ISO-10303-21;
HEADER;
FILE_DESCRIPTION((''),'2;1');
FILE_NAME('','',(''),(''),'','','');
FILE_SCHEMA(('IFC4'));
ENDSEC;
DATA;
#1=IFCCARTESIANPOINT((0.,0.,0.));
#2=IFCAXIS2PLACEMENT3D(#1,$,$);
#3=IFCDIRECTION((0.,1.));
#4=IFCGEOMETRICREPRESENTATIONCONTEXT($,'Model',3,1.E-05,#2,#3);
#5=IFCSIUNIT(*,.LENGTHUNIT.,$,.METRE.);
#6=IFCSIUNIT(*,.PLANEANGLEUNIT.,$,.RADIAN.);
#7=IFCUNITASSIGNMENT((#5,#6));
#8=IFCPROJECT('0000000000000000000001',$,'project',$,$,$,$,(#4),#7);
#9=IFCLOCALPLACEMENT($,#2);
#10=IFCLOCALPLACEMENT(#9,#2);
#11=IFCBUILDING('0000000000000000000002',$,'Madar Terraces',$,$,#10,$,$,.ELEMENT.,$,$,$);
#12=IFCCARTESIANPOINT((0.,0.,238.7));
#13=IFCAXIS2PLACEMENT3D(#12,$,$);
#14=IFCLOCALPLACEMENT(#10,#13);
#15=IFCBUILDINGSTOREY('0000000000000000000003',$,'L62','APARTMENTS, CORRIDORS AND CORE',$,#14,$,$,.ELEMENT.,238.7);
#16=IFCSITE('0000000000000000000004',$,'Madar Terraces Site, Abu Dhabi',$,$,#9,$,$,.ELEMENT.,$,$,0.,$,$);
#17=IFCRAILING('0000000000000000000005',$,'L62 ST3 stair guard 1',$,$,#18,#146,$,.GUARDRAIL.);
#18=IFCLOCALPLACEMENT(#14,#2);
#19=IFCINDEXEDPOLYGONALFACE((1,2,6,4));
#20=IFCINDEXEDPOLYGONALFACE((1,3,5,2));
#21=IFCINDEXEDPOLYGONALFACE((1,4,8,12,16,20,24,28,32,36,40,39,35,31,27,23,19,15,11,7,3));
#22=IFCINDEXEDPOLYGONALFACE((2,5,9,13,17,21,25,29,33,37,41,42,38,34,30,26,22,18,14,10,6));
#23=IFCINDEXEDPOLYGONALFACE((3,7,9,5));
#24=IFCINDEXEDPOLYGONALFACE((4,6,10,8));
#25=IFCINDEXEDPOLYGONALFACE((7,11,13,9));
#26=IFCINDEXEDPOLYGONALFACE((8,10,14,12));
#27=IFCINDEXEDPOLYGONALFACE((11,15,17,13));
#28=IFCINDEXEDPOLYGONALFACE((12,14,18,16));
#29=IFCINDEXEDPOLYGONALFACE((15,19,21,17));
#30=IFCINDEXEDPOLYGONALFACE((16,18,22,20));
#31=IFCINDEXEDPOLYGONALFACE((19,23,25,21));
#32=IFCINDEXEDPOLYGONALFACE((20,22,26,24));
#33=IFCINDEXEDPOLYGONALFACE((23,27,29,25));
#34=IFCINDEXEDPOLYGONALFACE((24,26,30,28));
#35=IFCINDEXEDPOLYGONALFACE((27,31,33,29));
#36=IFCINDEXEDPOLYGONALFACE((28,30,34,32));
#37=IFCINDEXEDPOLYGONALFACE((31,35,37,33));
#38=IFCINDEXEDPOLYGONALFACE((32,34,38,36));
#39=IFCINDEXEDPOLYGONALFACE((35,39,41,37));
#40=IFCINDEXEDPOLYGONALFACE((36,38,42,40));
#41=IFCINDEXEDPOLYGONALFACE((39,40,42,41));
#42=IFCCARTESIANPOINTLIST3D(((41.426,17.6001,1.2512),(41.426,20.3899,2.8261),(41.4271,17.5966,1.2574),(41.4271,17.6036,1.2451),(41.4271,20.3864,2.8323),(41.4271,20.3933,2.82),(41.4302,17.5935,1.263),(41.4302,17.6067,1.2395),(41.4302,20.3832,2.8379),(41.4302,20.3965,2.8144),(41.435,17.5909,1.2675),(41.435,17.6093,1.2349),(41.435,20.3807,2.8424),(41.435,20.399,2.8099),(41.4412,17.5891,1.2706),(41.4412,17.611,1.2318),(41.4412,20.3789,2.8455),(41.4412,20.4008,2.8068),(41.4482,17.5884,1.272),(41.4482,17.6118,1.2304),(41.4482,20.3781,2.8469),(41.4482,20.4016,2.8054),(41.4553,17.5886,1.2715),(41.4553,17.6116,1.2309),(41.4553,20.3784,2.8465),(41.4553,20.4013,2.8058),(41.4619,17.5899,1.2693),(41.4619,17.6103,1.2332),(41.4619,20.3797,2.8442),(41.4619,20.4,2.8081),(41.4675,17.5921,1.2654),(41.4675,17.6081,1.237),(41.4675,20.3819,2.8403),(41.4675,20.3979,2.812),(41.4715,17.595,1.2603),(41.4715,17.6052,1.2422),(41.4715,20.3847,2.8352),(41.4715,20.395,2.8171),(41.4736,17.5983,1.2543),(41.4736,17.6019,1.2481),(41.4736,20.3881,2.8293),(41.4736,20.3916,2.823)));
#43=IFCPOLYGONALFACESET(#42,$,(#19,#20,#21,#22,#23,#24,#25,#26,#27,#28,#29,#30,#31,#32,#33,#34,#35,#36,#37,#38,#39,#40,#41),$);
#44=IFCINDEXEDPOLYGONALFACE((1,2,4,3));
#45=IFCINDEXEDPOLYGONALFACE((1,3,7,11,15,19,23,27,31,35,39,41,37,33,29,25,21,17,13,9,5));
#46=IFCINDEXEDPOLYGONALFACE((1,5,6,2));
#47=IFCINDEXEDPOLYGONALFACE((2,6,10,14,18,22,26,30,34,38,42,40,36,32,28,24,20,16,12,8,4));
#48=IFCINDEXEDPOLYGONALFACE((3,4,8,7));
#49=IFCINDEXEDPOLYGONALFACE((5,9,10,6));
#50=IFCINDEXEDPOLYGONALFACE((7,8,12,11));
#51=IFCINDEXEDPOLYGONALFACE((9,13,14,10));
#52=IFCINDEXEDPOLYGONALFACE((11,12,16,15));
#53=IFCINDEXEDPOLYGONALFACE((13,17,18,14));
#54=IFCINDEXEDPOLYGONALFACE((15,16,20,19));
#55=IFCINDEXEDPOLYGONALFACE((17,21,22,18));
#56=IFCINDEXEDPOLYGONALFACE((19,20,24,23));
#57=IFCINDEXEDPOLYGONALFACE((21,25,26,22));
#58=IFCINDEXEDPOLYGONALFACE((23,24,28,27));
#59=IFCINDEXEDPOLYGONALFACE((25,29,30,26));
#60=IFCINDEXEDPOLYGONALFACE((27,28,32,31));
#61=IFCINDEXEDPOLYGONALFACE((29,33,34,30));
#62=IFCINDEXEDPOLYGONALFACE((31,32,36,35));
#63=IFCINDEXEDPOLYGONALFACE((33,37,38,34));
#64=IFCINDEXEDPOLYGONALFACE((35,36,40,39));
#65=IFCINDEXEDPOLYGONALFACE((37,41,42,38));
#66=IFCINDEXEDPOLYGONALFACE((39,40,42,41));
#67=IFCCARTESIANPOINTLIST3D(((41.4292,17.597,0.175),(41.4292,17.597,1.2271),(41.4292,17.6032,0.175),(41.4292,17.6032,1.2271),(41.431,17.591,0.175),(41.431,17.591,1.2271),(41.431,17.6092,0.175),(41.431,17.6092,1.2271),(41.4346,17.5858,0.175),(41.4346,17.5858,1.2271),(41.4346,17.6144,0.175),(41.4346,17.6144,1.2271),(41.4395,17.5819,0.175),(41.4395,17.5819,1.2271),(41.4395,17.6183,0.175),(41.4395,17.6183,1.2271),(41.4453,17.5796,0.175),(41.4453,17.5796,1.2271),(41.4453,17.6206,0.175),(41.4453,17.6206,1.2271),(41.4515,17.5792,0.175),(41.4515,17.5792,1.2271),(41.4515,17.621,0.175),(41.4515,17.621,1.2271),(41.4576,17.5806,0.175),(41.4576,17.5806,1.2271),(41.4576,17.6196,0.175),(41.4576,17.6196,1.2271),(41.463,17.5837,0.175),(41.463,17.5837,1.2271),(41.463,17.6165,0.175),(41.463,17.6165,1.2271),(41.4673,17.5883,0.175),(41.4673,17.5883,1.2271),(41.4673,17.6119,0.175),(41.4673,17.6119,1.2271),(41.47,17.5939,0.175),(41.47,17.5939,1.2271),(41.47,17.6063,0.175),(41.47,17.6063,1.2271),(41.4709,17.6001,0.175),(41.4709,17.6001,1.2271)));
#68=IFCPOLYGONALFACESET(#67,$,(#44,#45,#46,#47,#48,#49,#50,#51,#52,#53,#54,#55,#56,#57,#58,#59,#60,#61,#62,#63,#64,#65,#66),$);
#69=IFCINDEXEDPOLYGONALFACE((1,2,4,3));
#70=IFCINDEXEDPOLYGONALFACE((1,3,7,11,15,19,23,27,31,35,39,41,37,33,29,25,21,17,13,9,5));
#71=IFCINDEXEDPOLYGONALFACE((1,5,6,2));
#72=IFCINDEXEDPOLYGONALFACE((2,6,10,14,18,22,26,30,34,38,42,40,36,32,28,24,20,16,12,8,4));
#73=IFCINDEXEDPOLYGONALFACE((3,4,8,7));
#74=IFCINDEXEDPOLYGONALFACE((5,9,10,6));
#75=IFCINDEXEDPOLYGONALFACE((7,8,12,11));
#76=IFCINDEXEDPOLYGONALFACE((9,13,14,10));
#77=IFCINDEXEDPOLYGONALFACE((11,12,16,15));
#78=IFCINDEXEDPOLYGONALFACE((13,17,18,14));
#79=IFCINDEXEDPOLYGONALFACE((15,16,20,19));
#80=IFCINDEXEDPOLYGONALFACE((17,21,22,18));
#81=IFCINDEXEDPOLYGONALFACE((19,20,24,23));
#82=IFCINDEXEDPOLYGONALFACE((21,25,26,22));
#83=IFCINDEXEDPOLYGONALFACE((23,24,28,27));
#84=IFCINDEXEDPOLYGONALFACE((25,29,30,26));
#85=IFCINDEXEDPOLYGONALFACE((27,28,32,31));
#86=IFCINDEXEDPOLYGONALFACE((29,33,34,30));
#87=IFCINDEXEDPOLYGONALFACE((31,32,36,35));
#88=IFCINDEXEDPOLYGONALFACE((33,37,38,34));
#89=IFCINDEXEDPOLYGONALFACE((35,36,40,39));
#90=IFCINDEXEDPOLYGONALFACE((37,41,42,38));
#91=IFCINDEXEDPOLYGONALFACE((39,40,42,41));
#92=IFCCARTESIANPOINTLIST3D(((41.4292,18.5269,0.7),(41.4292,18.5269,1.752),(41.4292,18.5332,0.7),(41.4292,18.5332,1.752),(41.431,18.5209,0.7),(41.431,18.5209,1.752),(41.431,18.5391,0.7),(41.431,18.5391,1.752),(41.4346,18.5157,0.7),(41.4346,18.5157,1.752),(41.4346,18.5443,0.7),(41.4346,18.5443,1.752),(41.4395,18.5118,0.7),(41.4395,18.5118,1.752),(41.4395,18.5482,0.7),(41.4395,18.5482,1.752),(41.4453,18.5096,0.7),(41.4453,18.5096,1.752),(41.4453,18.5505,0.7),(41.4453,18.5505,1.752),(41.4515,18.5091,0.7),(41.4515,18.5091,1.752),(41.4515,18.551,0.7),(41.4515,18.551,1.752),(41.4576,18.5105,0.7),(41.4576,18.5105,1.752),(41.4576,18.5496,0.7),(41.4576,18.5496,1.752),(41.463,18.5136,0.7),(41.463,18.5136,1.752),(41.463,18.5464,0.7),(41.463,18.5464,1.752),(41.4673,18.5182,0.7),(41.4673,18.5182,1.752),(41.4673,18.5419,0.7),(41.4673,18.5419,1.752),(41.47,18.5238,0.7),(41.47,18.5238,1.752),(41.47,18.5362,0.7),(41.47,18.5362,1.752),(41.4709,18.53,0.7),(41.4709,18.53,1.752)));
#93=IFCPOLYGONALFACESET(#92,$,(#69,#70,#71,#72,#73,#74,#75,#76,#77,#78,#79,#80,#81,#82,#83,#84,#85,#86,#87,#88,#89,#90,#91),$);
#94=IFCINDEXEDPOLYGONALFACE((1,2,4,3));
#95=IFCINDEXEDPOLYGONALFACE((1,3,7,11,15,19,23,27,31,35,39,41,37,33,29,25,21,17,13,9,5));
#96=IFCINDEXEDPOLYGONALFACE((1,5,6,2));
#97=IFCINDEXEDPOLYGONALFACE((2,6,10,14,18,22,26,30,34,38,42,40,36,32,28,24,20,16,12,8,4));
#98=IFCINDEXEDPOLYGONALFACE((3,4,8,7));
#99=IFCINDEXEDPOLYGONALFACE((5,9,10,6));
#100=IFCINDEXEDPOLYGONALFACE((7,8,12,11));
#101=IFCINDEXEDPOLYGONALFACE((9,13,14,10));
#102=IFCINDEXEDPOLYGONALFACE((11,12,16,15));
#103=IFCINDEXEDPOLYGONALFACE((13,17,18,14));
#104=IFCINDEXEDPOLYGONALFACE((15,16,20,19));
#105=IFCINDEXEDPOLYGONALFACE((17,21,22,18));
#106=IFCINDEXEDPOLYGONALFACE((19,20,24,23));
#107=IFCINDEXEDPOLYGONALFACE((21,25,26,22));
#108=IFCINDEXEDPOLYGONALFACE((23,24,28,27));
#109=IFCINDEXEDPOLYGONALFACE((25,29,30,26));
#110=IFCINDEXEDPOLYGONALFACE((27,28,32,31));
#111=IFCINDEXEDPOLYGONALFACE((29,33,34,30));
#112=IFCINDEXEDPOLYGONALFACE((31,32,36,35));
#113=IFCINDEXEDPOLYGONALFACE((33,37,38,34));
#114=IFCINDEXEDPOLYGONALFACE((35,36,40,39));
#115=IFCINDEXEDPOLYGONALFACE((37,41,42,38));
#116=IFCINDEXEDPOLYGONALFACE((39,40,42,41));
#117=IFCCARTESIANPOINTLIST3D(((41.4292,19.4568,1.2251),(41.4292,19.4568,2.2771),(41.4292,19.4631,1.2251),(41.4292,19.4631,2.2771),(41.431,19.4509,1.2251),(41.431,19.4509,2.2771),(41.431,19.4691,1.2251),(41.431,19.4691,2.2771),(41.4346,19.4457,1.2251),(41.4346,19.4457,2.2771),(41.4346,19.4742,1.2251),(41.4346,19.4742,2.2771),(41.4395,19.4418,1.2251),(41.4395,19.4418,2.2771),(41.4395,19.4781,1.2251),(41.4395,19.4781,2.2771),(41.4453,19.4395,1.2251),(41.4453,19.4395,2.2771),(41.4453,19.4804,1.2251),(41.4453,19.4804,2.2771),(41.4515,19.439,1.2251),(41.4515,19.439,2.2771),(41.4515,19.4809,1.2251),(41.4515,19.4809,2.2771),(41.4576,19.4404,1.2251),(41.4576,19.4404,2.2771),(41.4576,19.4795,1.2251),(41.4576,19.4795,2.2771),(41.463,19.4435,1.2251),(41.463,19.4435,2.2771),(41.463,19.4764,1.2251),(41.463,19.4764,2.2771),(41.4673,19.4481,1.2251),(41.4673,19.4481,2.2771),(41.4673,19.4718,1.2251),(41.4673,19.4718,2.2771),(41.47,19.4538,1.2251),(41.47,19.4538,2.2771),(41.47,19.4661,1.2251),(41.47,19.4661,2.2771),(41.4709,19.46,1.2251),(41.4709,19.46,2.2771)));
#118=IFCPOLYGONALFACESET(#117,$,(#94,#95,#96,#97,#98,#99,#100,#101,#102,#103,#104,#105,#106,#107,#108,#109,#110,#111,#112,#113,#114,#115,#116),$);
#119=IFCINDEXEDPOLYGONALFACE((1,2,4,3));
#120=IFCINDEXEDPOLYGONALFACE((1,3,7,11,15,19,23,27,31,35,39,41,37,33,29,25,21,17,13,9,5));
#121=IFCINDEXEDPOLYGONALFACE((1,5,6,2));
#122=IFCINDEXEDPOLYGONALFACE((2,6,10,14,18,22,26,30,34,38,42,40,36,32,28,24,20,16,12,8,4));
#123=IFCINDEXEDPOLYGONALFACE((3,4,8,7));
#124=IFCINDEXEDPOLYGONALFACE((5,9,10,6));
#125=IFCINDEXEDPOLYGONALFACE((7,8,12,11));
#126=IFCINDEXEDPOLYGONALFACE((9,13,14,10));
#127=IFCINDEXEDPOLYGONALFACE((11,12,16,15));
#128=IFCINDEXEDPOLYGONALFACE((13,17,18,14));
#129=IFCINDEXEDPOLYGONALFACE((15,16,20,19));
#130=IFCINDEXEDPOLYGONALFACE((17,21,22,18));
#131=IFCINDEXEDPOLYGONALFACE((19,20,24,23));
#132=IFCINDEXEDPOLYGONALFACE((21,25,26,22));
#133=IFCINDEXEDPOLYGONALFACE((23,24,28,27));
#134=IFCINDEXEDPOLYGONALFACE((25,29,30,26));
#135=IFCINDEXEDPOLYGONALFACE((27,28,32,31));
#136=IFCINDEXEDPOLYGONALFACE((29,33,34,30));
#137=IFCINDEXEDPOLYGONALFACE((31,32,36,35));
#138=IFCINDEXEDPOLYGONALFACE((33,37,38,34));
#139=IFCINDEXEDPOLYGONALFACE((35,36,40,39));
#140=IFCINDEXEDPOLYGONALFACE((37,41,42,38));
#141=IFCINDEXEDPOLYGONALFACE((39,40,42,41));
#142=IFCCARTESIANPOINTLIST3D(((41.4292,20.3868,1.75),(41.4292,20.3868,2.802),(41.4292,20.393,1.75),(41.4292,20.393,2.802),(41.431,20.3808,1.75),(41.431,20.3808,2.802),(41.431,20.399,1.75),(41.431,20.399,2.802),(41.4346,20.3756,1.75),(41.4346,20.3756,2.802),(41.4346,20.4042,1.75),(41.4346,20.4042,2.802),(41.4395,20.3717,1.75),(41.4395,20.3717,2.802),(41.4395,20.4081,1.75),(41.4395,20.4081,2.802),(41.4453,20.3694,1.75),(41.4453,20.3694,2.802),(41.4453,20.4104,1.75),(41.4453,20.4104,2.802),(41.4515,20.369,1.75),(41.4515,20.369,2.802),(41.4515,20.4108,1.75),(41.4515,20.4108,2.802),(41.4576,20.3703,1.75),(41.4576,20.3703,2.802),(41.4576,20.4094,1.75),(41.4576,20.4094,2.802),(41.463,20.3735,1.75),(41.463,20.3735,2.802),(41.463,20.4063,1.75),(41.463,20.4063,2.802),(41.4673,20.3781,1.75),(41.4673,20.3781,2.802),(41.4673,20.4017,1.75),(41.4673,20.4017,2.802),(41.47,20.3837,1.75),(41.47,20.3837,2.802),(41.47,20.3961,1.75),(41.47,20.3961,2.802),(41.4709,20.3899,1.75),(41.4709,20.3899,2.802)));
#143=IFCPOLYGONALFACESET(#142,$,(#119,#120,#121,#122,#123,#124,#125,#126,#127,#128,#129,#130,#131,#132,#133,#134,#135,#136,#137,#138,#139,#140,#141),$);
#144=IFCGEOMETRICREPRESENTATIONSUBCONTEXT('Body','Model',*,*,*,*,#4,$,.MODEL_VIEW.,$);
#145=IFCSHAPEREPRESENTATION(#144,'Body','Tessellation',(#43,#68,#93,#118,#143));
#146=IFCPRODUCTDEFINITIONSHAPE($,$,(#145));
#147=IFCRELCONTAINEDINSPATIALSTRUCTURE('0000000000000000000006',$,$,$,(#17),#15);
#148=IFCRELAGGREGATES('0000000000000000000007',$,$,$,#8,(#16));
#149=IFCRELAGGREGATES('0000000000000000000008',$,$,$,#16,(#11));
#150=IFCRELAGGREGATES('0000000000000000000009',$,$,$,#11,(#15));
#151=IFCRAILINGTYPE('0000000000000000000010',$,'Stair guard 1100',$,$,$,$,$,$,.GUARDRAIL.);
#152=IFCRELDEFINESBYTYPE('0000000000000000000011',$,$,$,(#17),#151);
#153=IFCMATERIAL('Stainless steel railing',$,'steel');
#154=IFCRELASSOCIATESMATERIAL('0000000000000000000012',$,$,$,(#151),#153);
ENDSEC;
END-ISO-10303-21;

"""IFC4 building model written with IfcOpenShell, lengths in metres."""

from ifc_helpers import new_model, si_unit, direction, frame, origin, origin_2d, place, context, subcontext, project, spatial, circle, extrude, material, type_object, element, save


model = new_model("IFC4")

# Units and contexts
model_context = context("Model", 3, precision=1e-05, world=origin(), true_north=direction((0.0, 1.0)))
body_context = subcontext(model_context, "Body", "Model", "MODEL_VIEW")
ifc_project = project(units=[si_unit("LENGTHUNIT", "METRE"), si_unit("PLANEANGLEUNIT", "RADIAN")], contexts=[model_context])

# Site, building, storey
site_placement = place(None, origin())
site = spatial("IfcSite", under=ifc_project, at=site_placement, Name="Madar Terraces Site, Abu Dhabi", CompositionType="ELEMENT", RefElevation=0.0)
building_placement = place(site_placement, origin())
building = spatial("IfcBuilding", under=site, at=building_placement, Name="Madar Terraces", CompositionType="ELEMENT")
storey_placement = place(building_placement, frame((0.0, 0.0, 238.7)))
storey = spatial("IfcBuildingStorey", under=building, at=storey_placement, Name="L62", Description="APARTMENTS, CORRIDORS AND CORE", CompositionType="ELEMENT", Elevation=238.7)

# Railing
ifc_material_1 = material(Name="Stainless steel railing", Category="steel")
railing_type_1 = type_object("IfcRailingType", Name="Stair guard 1100", PredefinedType="GUARDRAIL", material=ifc_material_1)
railing_1_placement = place(storey_placement, frame((41.45, 17.6001, 0.175)))
element("IfcRailing", 1, at=railing_1_placement, inside=storey, type_object=railing_type_1, Name="L62 ST3 stair guard 1", PredefinedType="GUARDRAIL", context=body_context, shape_type="SweptSolid", body=[
    extrude(circle(Radius=0.0239, at=origin_2d()), frame((0.0, 0.0, 1.0762), z_axis=(0.0, 0.870815, 0.49161), x_axis=(-1.0, 0.0, 0.0)), (0.0, 0.0, 1.0), 3.2036),
    extrude(circle(Radius=0.021, at=origin_2d()), origin(), (0.0, 0.0, 1.0), 1.052),
    extrude(circle(Radius=0.021, at=origin_2d()), frame((0.0, 0.9299, 0.5249)), (0.0, 0.0, 1.0), 1.052),
    extrude(circle(Radius=0.021, at=origin_2d()), frame((0.0, 1.8599, 1.05)), (0.0, 0.0, 1.0), 1.052),
    extrude(circle(Radius=0.021, at=origin_2d()), frame((0.0, 2.7898, 1.575)), (0.0, 0.0, 1.0), 1.052),
])

save(model, "model.ifc")
